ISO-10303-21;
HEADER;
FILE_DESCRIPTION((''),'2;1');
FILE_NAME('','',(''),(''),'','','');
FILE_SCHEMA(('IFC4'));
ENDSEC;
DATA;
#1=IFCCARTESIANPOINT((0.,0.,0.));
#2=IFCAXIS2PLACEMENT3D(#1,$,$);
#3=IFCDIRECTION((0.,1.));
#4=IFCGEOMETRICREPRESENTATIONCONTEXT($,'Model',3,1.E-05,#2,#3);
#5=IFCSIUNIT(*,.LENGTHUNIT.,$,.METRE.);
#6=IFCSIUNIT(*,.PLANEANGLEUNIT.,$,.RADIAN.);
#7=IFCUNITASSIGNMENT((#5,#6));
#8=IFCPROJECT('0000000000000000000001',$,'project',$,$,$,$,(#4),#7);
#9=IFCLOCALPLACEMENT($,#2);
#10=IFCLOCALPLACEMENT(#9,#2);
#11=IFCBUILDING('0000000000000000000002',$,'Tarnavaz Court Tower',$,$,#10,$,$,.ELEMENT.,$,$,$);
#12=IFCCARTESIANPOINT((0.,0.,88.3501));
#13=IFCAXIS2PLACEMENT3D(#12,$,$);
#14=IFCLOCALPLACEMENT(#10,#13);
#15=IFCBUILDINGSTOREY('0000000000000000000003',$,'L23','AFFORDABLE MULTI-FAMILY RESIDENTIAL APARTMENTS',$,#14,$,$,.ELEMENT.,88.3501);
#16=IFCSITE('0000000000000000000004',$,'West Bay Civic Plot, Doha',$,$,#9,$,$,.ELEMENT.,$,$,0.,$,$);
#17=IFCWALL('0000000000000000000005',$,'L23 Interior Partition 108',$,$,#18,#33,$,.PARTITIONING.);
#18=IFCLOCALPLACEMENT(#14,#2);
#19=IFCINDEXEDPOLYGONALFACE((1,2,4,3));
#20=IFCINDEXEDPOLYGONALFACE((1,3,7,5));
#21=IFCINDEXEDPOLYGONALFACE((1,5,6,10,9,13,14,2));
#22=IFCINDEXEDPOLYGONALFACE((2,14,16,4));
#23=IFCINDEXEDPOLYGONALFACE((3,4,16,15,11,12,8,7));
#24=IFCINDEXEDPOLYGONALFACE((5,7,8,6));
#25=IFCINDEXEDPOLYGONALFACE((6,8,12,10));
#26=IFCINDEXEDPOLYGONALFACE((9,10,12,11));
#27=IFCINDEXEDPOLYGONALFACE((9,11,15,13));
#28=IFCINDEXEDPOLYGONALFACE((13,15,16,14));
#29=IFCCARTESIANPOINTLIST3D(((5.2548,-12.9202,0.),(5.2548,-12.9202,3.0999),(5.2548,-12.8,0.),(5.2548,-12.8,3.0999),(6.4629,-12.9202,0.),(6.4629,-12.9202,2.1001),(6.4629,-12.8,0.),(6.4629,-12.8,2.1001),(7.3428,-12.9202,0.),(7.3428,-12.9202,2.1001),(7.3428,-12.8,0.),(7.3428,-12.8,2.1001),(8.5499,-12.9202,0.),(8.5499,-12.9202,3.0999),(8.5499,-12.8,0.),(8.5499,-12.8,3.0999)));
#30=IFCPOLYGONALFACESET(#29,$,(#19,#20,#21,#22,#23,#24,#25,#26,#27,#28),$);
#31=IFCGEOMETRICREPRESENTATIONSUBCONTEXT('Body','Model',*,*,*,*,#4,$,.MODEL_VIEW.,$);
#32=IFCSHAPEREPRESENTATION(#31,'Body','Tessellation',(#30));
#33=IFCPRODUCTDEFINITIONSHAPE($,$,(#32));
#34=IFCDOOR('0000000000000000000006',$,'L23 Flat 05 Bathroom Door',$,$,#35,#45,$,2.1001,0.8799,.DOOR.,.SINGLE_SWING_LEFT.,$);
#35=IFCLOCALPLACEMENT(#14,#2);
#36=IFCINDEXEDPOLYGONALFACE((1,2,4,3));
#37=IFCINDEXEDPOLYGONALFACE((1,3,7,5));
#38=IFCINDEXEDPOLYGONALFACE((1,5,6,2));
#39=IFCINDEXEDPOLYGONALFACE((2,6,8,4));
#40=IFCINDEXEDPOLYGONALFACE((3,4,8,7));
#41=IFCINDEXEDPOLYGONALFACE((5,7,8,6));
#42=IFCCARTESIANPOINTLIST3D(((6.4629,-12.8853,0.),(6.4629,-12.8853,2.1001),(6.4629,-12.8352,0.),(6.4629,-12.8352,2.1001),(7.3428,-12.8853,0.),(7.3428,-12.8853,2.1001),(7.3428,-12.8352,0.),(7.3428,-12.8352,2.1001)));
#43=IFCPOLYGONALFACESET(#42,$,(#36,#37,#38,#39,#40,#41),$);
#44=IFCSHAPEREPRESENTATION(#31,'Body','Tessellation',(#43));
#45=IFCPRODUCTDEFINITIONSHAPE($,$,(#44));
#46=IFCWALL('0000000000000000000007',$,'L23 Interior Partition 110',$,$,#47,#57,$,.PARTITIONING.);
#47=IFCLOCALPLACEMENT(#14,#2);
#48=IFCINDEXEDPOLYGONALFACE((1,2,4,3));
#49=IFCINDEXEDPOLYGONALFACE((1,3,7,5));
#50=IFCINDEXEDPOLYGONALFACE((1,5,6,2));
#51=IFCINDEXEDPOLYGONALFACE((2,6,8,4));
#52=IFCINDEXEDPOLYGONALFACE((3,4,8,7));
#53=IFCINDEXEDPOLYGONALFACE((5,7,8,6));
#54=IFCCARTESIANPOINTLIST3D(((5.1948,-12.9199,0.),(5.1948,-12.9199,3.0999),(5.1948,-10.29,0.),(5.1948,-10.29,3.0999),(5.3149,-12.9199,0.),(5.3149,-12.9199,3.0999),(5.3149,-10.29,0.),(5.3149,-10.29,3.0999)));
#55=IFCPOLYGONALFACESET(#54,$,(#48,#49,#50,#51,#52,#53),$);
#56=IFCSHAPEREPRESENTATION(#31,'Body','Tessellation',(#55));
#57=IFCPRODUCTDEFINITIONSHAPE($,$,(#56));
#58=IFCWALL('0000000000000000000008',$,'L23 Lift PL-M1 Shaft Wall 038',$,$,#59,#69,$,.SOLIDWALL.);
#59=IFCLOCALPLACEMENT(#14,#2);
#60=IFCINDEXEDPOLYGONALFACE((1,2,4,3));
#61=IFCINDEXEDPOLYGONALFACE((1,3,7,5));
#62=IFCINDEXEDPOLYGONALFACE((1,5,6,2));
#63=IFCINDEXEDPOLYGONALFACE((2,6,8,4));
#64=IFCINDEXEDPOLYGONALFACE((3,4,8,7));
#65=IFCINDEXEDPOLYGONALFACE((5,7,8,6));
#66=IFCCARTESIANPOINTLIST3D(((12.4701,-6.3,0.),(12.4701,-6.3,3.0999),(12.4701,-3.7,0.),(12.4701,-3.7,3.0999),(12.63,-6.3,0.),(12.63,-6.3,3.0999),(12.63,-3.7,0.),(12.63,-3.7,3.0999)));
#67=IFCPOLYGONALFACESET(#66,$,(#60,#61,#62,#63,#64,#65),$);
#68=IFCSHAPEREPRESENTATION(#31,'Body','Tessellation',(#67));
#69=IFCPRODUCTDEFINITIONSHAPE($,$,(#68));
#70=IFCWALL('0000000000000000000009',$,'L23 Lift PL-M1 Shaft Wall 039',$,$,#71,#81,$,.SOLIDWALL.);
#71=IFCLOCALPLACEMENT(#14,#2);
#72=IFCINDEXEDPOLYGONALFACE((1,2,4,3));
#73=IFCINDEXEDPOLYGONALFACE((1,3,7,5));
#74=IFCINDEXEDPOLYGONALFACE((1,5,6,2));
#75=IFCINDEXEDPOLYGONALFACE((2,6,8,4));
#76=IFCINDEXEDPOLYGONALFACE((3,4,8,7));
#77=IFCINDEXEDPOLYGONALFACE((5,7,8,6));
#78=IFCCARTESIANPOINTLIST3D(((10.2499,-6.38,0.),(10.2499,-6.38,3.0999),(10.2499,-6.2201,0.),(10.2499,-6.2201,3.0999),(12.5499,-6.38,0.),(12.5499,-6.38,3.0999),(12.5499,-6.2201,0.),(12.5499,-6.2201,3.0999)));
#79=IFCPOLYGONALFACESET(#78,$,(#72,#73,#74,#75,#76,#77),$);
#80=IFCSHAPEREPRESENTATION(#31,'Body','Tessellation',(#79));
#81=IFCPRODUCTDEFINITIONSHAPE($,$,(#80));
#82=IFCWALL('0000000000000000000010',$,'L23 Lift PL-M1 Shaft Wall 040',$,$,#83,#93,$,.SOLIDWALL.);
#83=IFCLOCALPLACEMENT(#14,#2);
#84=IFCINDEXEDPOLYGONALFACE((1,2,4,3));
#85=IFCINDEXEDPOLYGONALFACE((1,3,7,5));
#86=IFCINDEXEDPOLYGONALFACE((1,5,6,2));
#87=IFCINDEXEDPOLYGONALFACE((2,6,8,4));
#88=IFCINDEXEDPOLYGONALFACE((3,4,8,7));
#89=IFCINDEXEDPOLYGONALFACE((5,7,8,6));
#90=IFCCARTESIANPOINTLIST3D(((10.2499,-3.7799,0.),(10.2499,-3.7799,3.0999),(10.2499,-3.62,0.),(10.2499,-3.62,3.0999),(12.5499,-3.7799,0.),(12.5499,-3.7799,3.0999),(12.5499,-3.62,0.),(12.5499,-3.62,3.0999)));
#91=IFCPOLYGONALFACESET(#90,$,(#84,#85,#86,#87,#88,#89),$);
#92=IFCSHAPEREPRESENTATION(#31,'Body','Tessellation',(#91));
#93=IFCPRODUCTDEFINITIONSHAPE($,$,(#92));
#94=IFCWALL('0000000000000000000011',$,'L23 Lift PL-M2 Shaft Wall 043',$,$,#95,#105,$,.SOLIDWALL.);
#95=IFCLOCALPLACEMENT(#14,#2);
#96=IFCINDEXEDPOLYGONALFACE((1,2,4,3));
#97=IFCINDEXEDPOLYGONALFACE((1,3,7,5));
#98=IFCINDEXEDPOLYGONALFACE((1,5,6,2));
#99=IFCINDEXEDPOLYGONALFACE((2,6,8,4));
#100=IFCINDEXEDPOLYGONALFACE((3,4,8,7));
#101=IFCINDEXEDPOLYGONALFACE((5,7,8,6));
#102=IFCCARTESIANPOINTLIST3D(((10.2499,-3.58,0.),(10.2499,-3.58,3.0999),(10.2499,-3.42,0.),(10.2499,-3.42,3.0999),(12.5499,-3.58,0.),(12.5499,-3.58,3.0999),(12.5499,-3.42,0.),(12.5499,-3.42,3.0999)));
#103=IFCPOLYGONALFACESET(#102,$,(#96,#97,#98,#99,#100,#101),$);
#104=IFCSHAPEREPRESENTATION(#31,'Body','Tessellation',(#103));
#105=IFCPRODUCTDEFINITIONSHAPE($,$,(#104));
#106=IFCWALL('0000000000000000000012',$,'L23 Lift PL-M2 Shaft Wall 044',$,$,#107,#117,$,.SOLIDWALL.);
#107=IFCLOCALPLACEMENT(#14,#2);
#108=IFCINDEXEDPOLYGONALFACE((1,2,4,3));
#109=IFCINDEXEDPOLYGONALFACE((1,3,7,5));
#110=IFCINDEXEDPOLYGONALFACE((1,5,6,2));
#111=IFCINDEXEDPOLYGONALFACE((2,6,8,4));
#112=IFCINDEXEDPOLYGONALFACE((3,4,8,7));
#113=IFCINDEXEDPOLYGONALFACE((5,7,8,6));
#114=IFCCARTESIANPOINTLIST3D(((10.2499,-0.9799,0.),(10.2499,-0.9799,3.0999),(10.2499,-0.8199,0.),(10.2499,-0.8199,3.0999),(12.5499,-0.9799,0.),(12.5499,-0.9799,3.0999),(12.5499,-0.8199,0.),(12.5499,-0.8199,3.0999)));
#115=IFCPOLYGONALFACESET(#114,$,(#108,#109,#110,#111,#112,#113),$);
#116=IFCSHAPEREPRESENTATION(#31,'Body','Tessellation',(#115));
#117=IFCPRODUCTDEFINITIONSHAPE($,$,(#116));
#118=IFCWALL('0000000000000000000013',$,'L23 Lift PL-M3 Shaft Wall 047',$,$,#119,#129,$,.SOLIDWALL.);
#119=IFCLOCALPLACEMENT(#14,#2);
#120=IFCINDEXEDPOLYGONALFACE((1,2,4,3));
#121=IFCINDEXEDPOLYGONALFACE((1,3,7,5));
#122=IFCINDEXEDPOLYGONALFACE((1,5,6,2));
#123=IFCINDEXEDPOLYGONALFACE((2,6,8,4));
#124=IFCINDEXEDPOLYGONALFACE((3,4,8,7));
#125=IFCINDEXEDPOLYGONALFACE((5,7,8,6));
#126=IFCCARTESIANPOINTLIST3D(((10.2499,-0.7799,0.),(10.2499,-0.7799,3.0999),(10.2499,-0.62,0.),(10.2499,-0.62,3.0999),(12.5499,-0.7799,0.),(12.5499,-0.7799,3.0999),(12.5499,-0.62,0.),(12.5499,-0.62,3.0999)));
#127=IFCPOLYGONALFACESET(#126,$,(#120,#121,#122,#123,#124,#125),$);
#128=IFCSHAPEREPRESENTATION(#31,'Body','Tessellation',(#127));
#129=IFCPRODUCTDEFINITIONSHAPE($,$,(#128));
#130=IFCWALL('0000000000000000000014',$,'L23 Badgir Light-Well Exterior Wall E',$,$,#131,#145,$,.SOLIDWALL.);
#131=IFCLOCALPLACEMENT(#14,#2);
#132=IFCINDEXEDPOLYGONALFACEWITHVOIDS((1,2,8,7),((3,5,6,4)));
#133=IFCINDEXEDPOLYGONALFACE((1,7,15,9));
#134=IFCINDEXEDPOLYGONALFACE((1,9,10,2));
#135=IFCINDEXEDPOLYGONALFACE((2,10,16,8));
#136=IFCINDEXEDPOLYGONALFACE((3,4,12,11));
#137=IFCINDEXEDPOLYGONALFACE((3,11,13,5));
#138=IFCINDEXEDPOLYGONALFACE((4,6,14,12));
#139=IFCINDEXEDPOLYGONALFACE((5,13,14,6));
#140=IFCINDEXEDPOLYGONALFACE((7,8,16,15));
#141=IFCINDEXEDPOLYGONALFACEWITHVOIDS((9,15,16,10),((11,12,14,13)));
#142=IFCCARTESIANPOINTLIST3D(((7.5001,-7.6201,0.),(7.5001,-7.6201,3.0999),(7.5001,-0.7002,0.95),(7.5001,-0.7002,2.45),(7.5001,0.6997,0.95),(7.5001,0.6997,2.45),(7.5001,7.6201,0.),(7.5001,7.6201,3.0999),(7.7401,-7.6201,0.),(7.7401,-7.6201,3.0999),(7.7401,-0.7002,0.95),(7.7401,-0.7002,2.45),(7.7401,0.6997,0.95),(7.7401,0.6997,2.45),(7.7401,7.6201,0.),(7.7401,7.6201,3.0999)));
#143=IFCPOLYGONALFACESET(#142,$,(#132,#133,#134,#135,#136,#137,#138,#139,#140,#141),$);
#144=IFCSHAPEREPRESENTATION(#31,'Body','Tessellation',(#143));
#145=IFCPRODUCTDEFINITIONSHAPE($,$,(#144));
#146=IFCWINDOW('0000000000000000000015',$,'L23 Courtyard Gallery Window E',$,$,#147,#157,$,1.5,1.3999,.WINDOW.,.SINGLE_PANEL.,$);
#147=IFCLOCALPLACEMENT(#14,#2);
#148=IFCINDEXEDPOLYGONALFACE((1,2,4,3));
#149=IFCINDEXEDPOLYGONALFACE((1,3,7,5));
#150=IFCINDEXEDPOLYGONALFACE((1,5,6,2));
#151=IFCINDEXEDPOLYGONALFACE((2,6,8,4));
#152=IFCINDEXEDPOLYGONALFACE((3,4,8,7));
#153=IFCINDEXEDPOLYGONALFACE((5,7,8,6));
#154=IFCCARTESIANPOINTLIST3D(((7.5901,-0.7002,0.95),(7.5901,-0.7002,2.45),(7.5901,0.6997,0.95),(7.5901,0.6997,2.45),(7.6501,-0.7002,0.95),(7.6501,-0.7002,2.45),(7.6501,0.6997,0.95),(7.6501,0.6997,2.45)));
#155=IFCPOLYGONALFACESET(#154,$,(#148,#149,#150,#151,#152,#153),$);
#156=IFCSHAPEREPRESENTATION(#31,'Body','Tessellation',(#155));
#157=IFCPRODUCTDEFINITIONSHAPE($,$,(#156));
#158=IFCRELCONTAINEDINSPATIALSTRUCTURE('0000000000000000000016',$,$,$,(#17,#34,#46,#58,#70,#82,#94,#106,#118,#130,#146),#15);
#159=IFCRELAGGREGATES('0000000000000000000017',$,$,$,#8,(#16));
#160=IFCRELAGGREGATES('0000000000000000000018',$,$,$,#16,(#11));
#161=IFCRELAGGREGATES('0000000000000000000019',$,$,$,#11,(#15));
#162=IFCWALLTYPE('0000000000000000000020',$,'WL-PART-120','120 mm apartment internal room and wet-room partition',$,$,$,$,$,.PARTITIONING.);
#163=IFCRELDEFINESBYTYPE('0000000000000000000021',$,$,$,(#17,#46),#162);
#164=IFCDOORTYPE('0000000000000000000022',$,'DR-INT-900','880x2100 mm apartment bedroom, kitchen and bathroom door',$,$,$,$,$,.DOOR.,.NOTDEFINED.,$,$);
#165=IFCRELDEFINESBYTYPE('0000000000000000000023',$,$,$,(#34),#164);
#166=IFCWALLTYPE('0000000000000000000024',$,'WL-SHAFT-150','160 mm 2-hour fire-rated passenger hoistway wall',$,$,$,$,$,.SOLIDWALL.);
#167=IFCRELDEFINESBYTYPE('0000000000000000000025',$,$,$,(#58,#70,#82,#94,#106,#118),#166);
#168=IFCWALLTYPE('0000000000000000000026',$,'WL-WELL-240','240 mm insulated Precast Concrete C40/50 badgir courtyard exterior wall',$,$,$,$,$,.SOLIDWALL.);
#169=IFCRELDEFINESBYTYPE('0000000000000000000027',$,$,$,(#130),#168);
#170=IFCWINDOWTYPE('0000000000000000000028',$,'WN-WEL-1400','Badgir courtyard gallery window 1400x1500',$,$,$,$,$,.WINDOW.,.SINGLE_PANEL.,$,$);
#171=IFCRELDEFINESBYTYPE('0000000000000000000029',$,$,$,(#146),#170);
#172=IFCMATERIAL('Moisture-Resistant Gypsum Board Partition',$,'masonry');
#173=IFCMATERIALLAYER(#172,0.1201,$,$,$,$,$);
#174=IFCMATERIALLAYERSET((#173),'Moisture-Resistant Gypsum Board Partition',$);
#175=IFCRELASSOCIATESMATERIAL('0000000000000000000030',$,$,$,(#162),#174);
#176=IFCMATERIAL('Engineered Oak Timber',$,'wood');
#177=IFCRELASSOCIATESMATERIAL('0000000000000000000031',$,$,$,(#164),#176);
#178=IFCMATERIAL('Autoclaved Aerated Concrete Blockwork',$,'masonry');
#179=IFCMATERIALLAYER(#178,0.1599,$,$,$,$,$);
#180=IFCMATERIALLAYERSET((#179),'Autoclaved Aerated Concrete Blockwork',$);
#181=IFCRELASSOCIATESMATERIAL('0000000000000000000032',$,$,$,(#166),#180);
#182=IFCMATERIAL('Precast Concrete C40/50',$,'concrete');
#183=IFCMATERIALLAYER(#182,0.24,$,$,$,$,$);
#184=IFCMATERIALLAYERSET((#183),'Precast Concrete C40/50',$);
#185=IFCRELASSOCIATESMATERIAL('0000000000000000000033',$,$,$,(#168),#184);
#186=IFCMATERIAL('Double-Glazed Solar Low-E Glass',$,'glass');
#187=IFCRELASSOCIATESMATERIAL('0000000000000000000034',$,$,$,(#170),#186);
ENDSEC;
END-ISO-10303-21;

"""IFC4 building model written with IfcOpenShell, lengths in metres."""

from ifc_helpers import new_model, si_unit, direction, frame, frame_2d, origin, place, context, subcontext, project, spatial, rectangle, extrude, material, layer, layer_set, type_object, element, fill, save


model = new_model("IFC4")

# Units and contexts
model_context = context("Model", 3, precision=1e-05, world=origin(), true_north=direction((0.0, 1.0)))
body_context = subcontext(model_context, "Body", "Model", "MODEL_VIEW")
ifc_project = project(units=[si_unit("LENGTHUNIT", "METRE"), si_unit("PLANEANGLEUNIT", "RADIAN")], contexts=[model_context])

# Site, building, storey
site_placement = place(None, origin())
site = spatial("IfcSite", under=ifc_project, at=site_placement, Name="West Bay Civic Plot, Doha", CompositionType="ELEMENT", RefElevation=0.0)
building_placement = place(site_placement, origin())
building = spatial("IfcBuilding", under=site, at=building_placement, Name="Tarnavaz Court Tower", CompositionType="ELEMENT")
storey_placement = place(building_placement, frame((0.0, 0.0, 88.3501)))
storey = spatial("IfcBuildingStorey", under=building, at=storey_placement, Name="L23", Description="AFFORDABLE MULTI-FAMILY RESIDENTIAL APARTMENTS", CompositionType="ELEMENT", Elevation=88.3501)

# Wall, opening, door
ifc_material_1 = material(Name="Moisture-Resistant Gypsum Board Partition", Category="masonry")
ifc_layer_1 = layer(ifc_material_1, 0.1201)
ifc_layer_set_1 = layer_set([ifc_layer_1], Name="Moisture-Resistant Gypsum Board Partition")
wall_type_1 = type_object("IfcWallType", Name="WL-PART-120", Description="120 mm apartment internal room and wet-room partition", PredefinedType="PARTITIONING", material=ifc_layer_set_1)
ifc_material_2 = material(Name="Engineered Oak Timber", Category="wood")
door_type_1 = type_object("IfcDoorType", Name="DR-INT-900", Description="880x2100 mm apartment bedroom, kitchen and bathroom door", OperationType="NOTDEFINED", PredefinedType="DOOR", material=ifc_material_2)
wall_1_placement = place(storey_placement, frame((5.2549, -12.8601, 0.0), z_axis=(0.0, 0.0, 1.0), x_axis=(1.0, 0.0, 0.0)))
wall_1 = element("IfcWall", 1, at=wall_1_placement, inside=storey, type_object=wall_type_1, Name="L23 Interior Partition 108", PredefinedType="PARTITIONING", context=body_context, shape_type="SweptSolid", body=[
    extrude(rectangle(XDim=3.2952, YDim=0.1201, at=frame_2d((1.6475, 0.0))), origin(), (0.0, 0.0, 1.0), 3.0999),
])
opening_1_placement = place(wall_1_placement, frame((1.208, 0.0, 0.0)))
opening_1 = element("IfcOpeningElement", 2, at=opening_1_placement, cuts=wall_1, PredefinedType="OPENING", context=body_context, shape_type="SweptSolid", body=[
    extrude(rectangle(XDim=0.8799, YDim=2.1001, at=frame_2d((0.4399, 1.05))), frame((0.0, 0.0701, 0.0), z_axis=(0.0, -1.0, 0.0), x_axis=(1.0, 0.0, 0.0)), (0.0, 0.0, 1.0), 0.1401),
])
door_1_placement = place(opening_1_placement, origin())
door_1 = element("IfcDoor", 3, at=door_1_placement, inside=storey, type_object=door_type_1, Name="L23 Flat 05 Bathroom Door", OperationType="SINGLE_SWING_LEFT", OverallHeight=2.1001, OverallWidth=0.8799, PredefinedType="DOOR", context=body_context, shape_type="SweptSolid", body=[
    extrude(rectangle(XDim=0.8799, YDim=2.1001, at=frame_2d((0.4399, 1.05))), frame((0.0, 0.0249, 0.0), z_axis=(0.0, -1.0, 0.0), x_axis=(1.0, 0.0, 0.0)), (0.0, 0.0, 1.0), 0.05),
])
fill(opening_1, door_1)

# Wall
wall_2_placement = place(storey_placement, frame((5.2549, -12.9199, 0.0), z_axis=(0.0, 0.0, 1.0), x_axis=(0.0, 1.0, 0.0)))
element("IfcWall", 4, at=wall_2_placement, inside=storey, type_object=wall_type_1, Name="L23 Interior Partition 110", PredefinedType="PARTITIONING", context=body_context, shape_type="SweptSolid", body=[
    extrude(rectangle(XDim=2.6299, YDim=0.1201, at=frame_2d((1.3149, 0.0))), origin(), (0.0, 0.0, 1.0), 3.0999),
])

# Shared definitions
ifc_material_3 = material(Name="Autoclaved Aerated Concrete Blockwork", Category="masonry")
ifc_layer_2 = layer(ifc_material_3, 0.1599)
ifc_layer_set_2 = layer_set([ifc_layer_2], Name="Autoclaved Aerated Concrete Blockwork")
wall_type_2 = type_object("IfcWallType", Name="WL-SHAFT-150", Description="160 mm 2-hour fire-rated passenger hoistway wall", PredefinedType="SOLIDWALL", material=ifc_layer_set_2)

# Walls
wall_3_placement = place(storey_placement, frame((12.55, -6.3, 0.0), z_axis=(0.0, 0.0, 1.0), x_axis=(0.0, 1.0, 0.0)))
element("IfcWall", 5, at=wall_3_placement, inside=storey, type_object=wall_type_2, Name="L23 Lift PL-M1 Shaft Wall 038", PredefinedType="SOLIDWALL", context=body_context, shape_type="SweptSolid", body=[
    extrude(rectangle(XDim=2.6001, YDim=0.1599, at=frame_2d((1.3, 0.0))), origin(), (0.0, 0.0, 1.0), 3.0999),
])
for number, where, z_axis, x_axis, name in (
    (6, (10.25, -6.3, 0.0), (0.0, 0.0, 1.0), (1.0, 0.0, 0.0), "L23 Lift PL-M1 Shaft Wall 039"),
    (7, (10.25, -3.7, 0.0), (0.0, 0.0, 1.0), (1.0, 0.0, 0.0), "L23 Lift PL-M1 Shaft Wall 040"),
):
    element("IfcWall", number, at=place(storey_placement, frame(where, z_axis=z_axis, x_axis=x_axis)), inside=storey, type_object=wall_type_2, Name=name, PredefinedType="SOLIDWALL", context=body_context, shape_type="SweptSolid", body=[
        extrude(rectangle(XDim=2.3, YDim=0.1599, at=frame_2d((1.1499, 0.0))), origin(), (0.0, 0.0, 1.0), 3.0999),
    ])

# Walls
for number, where, z_axis, x_axis, name in (
    (8, (10.25, -3.5, 0.0), (0.0, 0.0, 1.0), (1.0, 0.0, 0.0), "L23 Lift PL-M2 Shaft Wall 043"),
    (9, (10.25, -0.8999, 0.0), (0.0, 0.0, 1.0), (1.0, 0.0, 0.0), "L23 Lift PL-M2 Shaft Wall 044"),
):
    element("IfcWall", number, at=place(storey_placement, frame(where, z_axis=z_axis, x_axis=x_axis)), inside=storey, type_object=wall_type_2, Name=name, PredefinedType="SOLIDWALL", context=body_context, shape_type="SweptSolid", body=[
        extrude(rectangle(XDim=2.3, YDim=0.1599, at=frame_2d((1.1499, 0.0))), origin(), (0.0, 0.0, 1.0), 3.0999),
    ])

# Wall
wall_4_placement = place(storey_placement, frame((10.25, -0.7, 0.0), z_axis=(0.0, 0.0, 1.0), x_axis=(1.0, 0.0, 0.0)))
element("IfcWall", 10, at=wall_4_placement, inside=storey, type_object=wall_type_2, Name="L23 Lift PL-M3 Shaft Wall 047", PredefinedType="SOLIDWALL", context=body_context, shape_type="SweptSolid", body=[
    extrude(rectangle(XDim=2.3, YDim=0.1599, at=frame_2d((1.1499, 0.0))), origin(), (0.0, 0.0, 1.0), 3.0999),
])

# Wall, opening, window
ifc_material_4 = material(Name="Precast Concrete C40/50", Category="concrete")
ifc_layer_3 = layer(ifc_material_4, 0.24)
ifc_layer_set_3 = layer_set([ifc_layer_3], Name="Precast Concrete C40/50")
wall_type_3 = type_object("IfcWallType", Name="WL-WELL-240", Description="240 mm insulated Precast Concrete C40/50 badgir courtyard exterior wall", PredefinedType="SOLIDWALL", material=ifc_layer_set_3)
wall_5_placement = place(storey_placement, frame((7.6201, -7.6201, 0.0), z_axis=(0.0, 0.0, 1.0), x_axis=(0.0, 1.0, 0.0)))
wall_5 = element("IfcWall", 11, at=wall_5_placement, inside=storey, type_object=wall_type_3, Name="L23 Badgir Light-Well Exterior Wall E", PredefinedType="SOLIDWALL", context=body_context, shape_type="SweptSolid", body=[
    extrude(rectangle(XDim=15.2402, YDim=0.24, at=frame_2d((7.6201, 0.0))), origin(), (0.0, 0.0, 1.0), 3.0999),
])
opening_2_placement = place(wall_5_placement, frame((6.9199, 0.0, 0.95)))
opening_2 = element("IfcOpeningElement", 12, at=opening_2_placement, cuts=wall_5, PredefinedType="OPENING", context=body_context, shape_type="SweptSolid", body=[
    extrude(rectangle(XDim=1.3999, YDim=1.5, at=frame_2d((0.7, 0.75))), frame((0.0, 0.1299, 0.0), z_axis=(0.0, -1.0, 0.0), x_axis=(1.0, 0.0, 0.0)), (0.0, 0.0, 1.0), 0.26),
])
ifc_material_5 = material(Name="Double-Glazed Solar Low-E Glass", Category="glass")
window_type = type_object("IfcWindowType", Name="WN-WEL-1400", Description="Badgir courtyard gallery window 1400x1500", PartitioningType="SINGLE_PANEL", PredefinedType="WINDOW", material=ifc_material_5)
window_placement = place(opening_2_placement, origin())
window = element("IfcWindow", 13, at=window_placement, inside=storey, type_object=window_type, Name="L23 Courtyard Gallery Window E", OverallHeight=1.5, OverallWidth=1.3999, PartitioningType="SINGLE_PANEL", PredefinedType="WINDOW", context=body_context, shape_type="SweptSolid", body=[
    extrude(rectangle(XDim=1.3999, YDim=1.5, at=frame_2d((0.7, 0.75))), frame((0.0, 0.03, 0.0), z_axis=(0.0, -1.0, 0.0), x_axis=(1.0, 0.0, 0.0)), (0.0, 0.0, 1.0), 0.0601),
])
fill(opening_2, window)

save(model, "model.ifc")
